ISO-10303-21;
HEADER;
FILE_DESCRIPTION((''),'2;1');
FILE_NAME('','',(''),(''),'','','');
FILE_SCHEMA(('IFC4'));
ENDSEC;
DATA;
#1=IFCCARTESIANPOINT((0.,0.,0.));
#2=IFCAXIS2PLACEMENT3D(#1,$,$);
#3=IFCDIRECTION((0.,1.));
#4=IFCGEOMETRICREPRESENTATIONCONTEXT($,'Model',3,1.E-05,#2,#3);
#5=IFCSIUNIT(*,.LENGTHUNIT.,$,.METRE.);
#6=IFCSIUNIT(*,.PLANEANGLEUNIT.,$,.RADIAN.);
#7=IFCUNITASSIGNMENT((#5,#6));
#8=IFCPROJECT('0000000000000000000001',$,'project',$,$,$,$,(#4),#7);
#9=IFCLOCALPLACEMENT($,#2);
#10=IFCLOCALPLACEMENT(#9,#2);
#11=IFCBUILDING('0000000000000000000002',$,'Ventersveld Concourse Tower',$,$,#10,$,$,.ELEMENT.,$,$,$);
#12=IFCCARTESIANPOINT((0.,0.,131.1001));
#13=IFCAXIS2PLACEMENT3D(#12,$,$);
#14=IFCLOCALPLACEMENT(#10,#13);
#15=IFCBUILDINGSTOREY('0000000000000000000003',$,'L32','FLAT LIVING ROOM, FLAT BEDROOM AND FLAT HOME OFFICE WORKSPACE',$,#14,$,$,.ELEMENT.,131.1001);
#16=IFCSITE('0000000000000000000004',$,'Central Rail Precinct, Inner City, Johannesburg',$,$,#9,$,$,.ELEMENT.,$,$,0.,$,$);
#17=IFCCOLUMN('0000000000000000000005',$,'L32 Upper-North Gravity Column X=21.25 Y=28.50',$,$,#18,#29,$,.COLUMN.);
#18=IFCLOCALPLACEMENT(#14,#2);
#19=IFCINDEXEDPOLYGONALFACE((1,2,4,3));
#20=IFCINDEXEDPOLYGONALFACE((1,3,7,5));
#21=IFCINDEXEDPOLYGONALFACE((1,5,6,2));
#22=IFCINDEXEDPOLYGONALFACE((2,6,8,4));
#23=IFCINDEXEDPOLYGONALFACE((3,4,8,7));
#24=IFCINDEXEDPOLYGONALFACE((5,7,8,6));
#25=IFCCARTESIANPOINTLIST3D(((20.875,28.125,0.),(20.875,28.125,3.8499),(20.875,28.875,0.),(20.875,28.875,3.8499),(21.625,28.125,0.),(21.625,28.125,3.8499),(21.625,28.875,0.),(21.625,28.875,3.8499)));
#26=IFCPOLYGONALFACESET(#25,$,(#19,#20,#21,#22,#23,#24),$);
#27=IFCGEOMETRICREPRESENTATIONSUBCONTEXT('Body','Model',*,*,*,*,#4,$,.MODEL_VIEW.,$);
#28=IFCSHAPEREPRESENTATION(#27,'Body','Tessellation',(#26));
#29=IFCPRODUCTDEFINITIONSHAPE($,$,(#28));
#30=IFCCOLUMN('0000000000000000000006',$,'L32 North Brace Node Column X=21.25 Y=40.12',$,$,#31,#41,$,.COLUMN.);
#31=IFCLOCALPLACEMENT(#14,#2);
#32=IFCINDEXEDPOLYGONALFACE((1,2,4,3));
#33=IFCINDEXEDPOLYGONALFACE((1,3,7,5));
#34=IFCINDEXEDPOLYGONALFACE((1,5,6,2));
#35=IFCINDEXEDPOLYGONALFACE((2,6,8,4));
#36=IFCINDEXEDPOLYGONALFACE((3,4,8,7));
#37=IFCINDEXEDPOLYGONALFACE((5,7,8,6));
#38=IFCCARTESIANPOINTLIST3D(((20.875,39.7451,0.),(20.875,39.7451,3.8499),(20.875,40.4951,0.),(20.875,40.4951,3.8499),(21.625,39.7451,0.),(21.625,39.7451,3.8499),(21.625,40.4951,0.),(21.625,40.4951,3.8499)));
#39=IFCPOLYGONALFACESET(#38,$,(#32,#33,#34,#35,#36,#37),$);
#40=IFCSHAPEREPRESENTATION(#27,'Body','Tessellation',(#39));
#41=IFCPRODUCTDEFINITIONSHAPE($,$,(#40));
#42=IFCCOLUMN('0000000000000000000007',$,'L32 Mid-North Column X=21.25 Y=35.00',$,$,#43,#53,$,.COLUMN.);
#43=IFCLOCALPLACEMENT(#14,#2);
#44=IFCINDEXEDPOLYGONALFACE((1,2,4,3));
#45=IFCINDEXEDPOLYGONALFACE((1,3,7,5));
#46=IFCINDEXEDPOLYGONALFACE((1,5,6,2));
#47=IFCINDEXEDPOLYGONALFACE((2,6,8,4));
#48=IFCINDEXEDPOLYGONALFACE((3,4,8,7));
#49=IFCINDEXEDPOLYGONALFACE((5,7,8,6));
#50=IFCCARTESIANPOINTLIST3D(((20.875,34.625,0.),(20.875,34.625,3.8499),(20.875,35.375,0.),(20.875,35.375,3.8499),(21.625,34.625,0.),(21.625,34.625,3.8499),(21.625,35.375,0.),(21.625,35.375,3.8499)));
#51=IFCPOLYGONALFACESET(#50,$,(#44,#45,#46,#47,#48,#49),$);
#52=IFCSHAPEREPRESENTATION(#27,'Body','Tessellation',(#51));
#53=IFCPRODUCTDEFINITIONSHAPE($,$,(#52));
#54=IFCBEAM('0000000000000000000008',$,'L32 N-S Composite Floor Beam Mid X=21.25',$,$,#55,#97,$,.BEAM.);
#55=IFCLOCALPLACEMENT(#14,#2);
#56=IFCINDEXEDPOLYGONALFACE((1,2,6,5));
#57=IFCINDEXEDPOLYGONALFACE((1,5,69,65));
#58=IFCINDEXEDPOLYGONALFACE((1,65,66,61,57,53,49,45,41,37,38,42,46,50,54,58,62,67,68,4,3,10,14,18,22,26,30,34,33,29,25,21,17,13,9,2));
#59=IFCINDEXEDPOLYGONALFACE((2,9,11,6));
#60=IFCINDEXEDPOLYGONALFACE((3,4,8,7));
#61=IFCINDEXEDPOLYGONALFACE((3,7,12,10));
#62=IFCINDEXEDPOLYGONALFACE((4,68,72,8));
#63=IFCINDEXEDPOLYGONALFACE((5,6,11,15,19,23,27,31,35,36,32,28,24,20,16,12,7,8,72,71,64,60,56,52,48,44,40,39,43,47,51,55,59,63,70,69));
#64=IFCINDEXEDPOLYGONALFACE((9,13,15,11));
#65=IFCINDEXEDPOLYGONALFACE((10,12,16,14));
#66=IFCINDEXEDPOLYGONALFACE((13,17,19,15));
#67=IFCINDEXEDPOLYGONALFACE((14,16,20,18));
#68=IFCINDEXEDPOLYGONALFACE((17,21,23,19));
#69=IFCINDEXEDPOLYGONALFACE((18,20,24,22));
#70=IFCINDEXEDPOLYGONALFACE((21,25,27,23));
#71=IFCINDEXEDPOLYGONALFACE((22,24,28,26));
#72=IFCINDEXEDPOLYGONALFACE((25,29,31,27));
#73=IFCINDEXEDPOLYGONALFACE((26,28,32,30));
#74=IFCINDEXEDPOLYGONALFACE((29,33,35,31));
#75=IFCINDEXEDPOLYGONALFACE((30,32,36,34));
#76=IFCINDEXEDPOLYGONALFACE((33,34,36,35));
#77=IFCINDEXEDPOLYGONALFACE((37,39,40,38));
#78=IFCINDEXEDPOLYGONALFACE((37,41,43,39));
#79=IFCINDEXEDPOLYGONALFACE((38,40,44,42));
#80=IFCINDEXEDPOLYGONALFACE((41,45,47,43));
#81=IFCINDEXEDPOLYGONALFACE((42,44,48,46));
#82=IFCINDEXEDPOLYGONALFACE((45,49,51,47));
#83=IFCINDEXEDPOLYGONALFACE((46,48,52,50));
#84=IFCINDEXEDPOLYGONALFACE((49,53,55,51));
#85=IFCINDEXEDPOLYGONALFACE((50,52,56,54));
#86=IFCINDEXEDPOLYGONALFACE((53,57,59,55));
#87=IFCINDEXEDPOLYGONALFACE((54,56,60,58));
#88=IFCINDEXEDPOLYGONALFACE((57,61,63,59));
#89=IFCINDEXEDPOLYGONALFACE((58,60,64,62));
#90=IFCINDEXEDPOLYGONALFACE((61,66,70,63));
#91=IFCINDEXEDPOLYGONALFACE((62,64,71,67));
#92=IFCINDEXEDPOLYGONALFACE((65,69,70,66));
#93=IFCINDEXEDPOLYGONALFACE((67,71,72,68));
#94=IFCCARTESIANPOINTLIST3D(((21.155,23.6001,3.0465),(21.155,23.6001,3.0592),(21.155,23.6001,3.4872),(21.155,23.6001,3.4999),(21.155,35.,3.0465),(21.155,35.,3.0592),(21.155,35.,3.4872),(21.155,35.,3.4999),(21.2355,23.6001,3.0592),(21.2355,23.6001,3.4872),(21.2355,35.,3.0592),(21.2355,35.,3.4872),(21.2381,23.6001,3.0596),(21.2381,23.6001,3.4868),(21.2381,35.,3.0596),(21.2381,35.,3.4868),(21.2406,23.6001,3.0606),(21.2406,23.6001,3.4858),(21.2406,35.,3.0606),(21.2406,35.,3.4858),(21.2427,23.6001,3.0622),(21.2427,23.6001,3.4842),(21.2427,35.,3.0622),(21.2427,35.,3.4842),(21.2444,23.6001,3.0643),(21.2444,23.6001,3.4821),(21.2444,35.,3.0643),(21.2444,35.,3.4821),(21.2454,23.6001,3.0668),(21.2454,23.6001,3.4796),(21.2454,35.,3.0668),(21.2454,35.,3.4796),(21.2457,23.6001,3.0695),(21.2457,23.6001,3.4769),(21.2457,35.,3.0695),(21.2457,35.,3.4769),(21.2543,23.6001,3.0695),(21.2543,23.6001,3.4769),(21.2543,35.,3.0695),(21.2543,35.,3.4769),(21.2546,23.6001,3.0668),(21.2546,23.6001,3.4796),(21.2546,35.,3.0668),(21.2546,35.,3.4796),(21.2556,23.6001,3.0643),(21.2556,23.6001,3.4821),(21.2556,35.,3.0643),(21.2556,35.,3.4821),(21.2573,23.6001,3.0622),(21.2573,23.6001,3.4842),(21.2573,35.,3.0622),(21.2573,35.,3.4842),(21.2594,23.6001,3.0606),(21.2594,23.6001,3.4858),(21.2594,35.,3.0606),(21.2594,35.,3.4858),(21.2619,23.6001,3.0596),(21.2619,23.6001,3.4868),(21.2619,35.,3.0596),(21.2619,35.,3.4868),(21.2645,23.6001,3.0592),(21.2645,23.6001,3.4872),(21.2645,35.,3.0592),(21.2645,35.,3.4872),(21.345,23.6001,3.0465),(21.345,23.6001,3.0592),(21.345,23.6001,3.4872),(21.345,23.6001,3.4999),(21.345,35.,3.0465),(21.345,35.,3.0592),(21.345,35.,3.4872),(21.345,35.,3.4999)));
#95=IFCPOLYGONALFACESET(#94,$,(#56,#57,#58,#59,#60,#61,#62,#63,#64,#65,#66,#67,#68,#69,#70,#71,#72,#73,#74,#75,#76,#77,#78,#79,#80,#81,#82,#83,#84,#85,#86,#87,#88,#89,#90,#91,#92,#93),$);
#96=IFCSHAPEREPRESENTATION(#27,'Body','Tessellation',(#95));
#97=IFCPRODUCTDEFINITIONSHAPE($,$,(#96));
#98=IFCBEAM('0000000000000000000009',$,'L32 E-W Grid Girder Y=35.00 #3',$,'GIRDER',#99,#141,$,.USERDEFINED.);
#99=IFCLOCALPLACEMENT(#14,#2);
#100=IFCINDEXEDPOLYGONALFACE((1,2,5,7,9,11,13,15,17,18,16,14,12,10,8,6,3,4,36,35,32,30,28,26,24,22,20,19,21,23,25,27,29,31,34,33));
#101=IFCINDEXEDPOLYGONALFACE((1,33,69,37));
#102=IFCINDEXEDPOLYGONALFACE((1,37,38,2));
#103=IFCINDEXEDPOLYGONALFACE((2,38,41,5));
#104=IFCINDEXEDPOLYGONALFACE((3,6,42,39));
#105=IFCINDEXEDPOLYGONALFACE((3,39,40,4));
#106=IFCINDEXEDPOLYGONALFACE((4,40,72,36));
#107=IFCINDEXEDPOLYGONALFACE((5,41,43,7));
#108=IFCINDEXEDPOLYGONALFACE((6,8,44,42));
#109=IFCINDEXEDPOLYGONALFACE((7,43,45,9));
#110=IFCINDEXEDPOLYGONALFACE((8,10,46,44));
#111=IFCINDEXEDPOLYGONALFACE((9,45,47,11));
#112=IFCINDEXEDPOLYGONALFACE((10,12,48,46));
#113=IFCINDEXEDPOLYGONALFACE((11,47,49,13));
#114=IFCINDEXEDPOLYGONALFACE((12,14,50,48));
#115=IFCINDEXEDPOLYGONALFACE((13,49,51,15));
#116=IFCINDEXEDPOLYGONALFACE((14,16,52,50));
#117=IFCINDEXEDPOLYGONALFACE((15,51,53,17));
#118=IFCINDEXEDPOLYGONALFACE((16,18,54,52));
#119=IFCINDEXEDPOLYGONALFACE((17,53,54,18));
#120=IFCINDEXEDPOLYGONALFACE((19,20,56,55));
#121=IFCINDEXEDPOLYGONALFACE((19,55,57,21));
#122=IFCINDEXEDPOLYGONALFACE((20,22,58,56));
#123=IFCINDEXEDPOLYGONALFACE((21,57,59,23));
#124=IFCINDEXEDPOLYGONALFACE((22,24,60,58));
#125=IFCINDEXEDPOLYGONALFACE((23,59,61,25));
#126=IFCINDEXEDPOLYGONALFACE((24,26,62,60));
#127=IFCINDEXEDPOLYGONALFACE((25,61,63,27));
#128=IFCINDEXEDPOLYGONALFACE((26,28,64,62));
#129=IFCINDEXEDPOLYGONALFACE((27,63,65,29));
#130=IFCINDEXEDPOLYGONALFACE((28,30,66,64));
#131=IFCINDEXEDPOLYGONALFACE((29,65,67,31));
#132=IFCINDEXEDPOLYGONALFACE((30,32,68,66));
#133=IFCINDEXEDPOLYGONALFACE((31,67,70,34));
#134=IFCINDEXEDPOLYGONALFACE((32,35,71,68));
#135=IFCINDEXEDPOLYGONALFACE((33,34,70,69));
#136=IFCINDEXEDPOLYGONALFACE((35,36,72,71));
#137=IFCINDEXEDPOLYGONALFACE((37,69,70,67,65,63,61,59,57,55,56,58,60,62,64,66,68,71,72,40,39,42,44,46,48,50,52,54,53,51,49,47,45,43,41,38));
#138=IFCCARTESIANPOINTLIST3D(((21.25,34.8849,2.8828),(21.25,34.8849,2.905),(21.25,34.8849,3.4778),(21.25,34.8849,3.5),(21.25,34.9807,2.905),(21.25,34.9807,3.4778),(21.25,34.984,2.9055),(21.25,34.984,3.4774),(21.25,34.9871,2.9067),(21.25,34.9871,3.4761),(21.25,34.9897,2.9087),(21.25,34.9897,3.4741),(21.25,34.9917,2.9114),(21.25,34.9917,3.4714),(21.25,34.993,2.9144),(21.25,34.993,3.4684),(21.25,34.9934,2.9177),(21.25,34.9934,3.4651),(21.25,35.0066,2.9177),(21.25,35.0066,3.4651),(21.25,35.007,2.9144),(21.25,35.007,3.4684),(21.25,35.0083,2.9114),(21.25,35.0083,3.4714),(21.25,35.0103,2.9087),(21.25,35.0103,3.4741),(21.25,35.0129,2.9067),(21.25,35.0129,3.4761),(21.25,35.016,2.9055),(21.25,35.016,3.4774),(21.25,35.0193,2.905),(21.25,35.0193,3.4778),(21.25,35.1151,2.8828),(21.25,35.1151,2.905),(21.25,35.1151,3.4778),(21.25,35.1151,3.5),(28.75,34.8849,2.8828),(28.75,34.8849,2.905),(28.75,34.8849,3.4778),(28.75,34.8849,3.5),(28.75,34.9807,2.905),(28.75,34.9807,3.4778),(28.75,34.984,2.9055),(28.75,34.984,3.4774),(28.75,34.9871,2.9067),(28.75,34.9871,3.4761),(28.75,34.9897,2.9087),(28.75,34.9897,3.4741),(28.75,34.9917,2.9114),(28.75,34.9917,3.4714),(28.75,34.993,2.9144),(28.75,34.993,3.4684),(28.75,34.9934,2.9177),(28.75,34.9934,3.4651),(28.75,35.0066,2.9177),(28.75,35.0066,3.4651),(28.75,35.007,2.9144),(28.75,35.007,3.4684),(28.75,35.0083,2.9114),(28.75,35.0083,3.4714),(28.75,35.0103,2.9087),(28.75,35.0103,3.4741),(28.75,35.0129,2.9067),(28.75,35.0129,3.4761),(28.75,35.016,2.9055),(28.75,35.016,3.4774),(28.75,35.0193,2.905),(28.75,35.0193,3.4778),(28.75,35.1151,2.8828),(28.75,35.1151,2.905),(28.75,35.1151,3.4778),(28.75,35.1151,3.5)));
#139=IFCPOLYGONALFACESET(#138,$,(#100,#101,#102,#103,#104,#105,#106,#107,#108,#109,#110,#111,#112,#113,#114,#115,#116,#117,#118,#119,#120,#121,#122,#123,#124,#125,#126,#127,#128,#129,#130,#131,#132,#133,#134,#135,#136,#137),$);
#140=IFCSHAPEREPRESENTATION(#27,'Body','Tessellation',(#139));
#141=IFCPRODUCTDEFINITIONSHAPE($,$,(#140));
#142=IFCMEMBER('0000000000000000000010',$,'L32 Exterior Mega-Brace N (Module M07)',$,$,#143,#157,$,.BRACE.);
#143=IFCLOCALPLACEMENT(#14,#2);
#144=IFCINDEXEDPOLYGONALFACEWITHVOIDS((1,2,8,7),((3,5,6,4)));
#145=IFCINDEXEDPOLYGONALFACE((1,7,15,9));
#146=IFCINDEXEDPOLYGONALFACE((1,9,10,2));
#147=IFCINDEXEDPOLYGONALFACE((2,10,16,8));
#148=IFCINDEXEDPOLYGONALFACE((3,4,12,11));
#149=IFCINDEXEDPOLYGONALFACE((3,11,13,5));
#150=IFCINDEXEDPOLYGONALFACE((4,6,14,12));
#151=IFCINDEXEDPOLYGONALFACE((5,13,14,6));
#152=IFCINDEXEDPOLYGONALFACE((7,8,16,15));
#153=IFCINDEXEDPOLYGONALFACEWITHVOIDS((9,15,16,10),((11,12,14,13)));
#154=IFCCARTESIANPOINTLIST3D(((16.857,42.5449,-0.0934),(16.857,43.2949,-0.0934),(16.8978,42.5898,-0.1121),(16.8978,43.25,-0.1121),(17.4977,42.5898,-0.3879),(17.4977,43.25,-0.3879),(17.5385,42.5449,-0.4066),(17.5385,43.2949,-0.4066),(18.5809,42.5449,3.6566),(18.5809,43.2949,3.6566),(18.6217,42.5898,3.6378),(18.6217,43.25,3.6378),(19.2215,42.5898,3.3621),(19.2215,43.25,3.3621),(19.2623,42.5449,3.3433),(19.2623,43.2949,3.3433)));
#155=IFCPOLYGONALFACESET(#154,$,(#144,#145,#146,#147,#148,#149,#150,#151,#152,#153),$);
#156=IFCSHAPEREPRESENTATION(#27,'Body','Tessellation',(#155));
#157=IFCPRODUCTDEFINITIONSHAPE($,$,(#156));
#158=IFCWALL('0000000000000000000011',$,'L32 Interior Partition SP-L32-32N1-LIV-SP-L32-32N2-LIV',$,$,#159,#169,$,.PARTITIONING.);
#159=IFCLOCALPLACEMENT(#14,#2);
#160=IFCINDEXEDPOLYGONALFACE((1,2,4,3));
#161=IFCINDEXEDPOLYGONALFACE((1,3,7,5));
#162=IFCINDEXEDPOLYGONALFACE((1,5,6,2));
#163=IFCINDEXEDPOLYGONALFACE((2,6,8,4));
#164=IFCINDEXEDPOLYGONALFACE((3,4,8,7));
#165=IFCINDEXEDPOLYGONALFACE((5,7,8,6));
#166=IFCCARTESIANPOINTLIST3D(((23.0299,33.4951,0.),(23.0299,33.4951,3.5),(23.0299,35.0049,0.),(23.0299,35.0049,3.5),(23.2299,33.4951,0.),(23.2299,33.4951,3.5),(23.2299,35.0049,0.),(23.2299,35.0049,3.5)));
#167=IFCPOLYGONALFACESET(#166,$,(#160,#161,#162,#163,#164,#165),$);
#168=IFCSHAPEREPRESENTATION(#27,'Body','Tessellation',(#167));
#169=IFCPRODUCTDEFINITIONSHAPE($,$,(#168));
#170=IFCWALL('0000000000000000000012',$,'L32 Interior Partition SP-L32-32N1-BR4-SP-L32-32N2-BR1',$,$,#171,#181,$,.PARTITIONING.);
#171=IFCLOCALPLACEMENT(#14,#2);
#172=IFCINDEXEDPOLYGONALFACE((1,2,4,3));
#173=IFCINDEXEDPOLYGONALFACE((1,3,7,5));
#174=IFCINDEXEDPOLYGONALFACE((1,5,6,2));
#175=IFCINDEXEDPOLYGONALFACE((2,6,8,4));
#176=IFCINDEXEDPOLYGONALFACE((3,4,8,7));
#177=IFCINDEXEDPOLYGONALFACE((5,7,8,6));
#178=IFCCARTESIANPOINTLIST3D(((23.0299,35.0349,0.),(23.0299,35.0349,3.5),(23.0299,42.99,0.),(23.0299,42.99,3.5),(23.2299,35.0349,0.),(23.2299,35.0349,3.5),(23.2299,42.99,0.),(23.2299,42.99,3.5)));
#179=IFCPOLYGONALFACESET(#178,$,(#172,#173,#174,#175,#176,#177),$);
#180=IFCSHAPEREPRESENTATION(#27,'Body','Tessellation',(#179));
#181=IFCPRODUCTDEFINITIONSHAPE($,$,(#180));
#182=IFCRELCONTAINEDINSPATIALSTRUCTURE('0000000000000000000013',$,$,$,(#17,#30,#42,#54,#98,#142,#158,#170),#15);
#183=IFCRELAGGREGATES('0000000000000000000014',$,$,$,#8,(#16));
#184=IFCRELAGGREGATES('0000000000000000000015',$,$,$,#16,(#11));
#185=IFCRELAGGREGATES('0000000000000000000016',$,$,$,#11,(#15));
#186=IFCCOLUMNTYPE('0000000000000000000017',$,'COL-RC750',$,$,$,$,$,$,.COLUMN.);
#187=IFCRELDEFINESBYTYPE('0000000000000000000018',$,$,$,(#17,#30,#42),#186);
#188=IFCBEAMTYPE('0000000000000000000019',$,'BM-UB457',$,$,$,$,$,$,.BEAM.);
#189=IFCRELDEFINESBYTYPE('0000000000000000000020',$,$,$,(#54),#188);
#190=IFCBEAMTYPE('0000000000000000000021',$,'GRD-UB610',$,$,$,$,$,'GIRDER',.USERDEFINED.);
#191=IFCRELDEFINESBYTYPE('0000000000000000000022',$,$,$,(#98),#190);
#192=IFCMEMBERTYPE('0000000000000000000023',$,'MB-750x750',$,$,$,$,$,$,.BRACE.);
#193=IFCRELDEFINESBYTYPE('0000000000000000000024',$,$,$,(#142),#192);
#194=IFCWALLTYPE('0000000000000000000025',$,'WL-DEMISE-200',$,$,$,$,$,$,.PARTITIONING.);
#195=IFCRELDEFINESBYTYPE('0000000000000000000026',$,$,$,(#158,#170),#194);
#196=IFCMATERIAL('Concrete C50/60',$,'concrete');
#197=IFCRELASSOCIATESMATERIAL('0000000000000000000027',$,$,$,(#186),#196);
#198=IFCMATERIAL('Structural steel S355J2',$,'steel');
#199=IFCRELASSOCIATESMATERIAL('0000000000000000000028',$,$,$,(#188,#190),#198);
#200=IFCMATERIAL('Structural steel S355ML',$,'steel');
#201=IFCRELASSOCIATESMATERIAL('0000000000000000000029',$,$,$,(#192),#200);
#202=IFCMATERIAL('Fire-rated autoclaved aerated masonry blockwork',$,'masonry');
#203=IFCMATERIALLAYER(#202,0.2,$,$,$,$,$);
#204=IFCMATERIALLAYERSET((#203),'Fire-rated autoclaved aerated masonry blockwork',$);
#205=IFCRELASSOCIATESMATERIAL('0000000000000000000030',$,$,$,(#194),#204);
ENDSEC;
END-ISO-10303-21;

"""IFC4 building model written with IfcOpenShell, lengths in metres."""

from ifc_helpers import new_model, si_unit, direction, frame, frame_2d, origin, origin_2d, place, context, subcontext, project, spatial, rectangle, hollow_rectangle, i_section, extrude, material, layer, layer_set, material_profile, profile_set, type_object, element, save


model = new_model("IFC4")

# Units and contexts
model_context = context("Model", 3, precision=1e-05, world=origin(), true_north=direction((0.0, 1.0)))
body_context = subcontext(model_context, "Body", "Model", "MODEL_VIEW")
ifc_project = project(units=[si_unit("LENGTHUNIT", "METRE"), si_unit("PLANEANGLEUNIT", "RADIAN")], contexts=[model_context])

# Site, building, storey
site_placement = place(None, origin())
site = spatial("IfcSite", under=ifc_project, at=site_placement, Name="Central Rail Precinct, Inner City, Johannesburg", CompositionType="ELEMENT", RefElevation=0.0)
building_placement = place(site_placement, origin())
building = spatial("IfcBuilding", under=site, at=building_placement, Name="Ventersveld Concourse Tower", CompositionType="ELEMENT")
storey_placement = place(building_placement, frame((0.0, 0.0, 131.1001)))
storey = spatial("IfcBuildingStorey", under=building, at=storey_placement, Name="L32", Description="FLAT LIVING ROOM, FLAT BEDROOM AND FLAT HOME OFFICE WORKSPACE", CompositionType="ELEMENT", Elevation=131.1001)

# Columns
ifc_material_1 = material(Name="Concrete C50/60", Category="concrete")
ifc_material_profile_1 = material_profile(ifc_material_1, rectangle(XDim=0.75, YDim=0.75, at=origin_2d()), Name="RC 750x750")
ifc_profile_set_1 = profile_set([ifc_material_profile_1], Name="Concrete C50/60")
column_type = type_object("IfcColumnType", Name="COL-RC750", PredefinedType="COLUMN", material=ifc_profile_set_1)
for number, where, z_axis, x_axis, name in (
    (1, (21.25, 28.5, 0.0), (0.0, 0.0, 1.0), (1.0, 0.0, 0.0), "L32 Upper-North Gravity Column X=21.25 Y=28.50"),
    (2, (21.25, 40.1201, 0.0), (0.0, 0.0, 1.0), (1.0, 0.0, 0.0), "L32 North Brace Node Column X=21.25 Y=40.12"),
    (3, (21.25, 35.0, 0.0), (0.0, 0.0, 1.0), (1.0, 0.0, 0.0), "L32 Mid-North Column X=21.25 Y=35.00"),
):
    element("IfcColumn", number, at=place(storey_placement, frame(where, z_axis=z_axis, x_axis=x_axis)), inside=storey, type_object=column_type, Name=name, PredefinedType="COLUMN", context=body_context, shape_type="SweptSolid", body=[
        extrude(rectangle(XDim=0.75, YDim=0.75, at=origin_2d()), origin(), (0.0, 0.0, 1.0), 3.8499),
    ])

# Beams
ifc_material_2 = material(Name="Structural steel S355J2", Category="steel")
ifc_material_profile_2 = material_profile(ifc_material_2, i_section(OverallWidth=0.1899, OverallDepth=0.4534, WebThickness=0.0085, FlangeThickness=0.0127, FilletRadius=0.0103, at=origin_2d()), Name="UB 457x191x67")
ifc_profile_set_2 = profile_set([ifc_material_profile_2], Name="Structural steel S355J2")
beam_type_1 = type_object("IfcBeamType", Name="BM-UB457", PredefinedType="BEAM", material=ifc_profile_set_2)
beam_1_placement = place(storey_placement, frame((21.25, 23.6001, 3.2732), z_axis=(0.0, 1.0, 0.0), x_axis=(-1.0, 0.0, 0.0)))
element("IfcBeam", 4, at=beam_1_placement, inside=storey, type_object=beam_type_1, Name="L32 N-S Composite Floor Beam Mid X=21.25", PredefinedType="BEAM", context=body_context, shape_type="SweptSolid", body=[
    extrude(i_section(OverallWidth=0.1899, OverallDepth=0.4534, WebThickness=0.0085, FlangeThickness=0.0127, FilletRadius=0.0103, at=origin_2d()), origin(), (0.0, 0.0, 1.0), 11.3999),
])
ifc_material_profile_3 = material_profile(ifc_material_2, i_section(OverallWidth=0.2302, OverallDepth=0.6172, WebThickness=0.0132, FlangeThickness=0.0222, FilletRadius=0.0127, at=origin_2d()), Name="UB 610x229x140")
ifc_profile_set_3 = profile_set([ifc_material_profile_3], Name="Structural steel S355J2")
beam_type_2 = type_object("IfcBeamType", Name="GRD-UB610", ElementType="GIRDER", PredefinedType="USERDEFINED", material=ifc_profile_set_3)
beam_2_placement = place(storey_placement, frame((21.25, 35.0, 3.1914), z_axis=(1.0, 0.0, 0.0), x_axis=(0.0, 1.0, 0.0)))
element("IfcBeam", 5, at=beam_2_placement, inside=storey, type_object=beam_type_2, Name="L32 E-W Grid Girder Y=35.00 #3", ObjectType="GIRDER", PredefinedType="USERDEFINED", context=body_context, shape_type="SweptSolid", body=[
    extrude(i_section(OverallWidth=0.2302, OverallDepth=0.6172, WebThickness=0.0132, FlangeThickness=0.0222, FilletRadius=0.0127, at=origin_2d()), origin(), (0.0, 0.0, 1.0), 7.5),
])

# Member
ifc_material_3 = material(Name="Structural steel S355ML", Category="steel")
ifc_material_profile_4 = material_profile(ifc_material_3, hollow_rectangle(XDim=0.75, YDim=0.75, WallThickness=0.0449, at=origin_2d()), Name="BOX 750x750x45")
ifc_profile_set_4 = profile_set([ifc_material_profile_4], Name="Structural steel S355ML")
member_type = type_object("IfcMemberType", Name="MB-750x750", PredefinedType="BRACE", material=ifc_profile_set_4)
member_placement = place(storey_placement, frame((17.1978, 42.9199, -0.25), z_axis=(0.417681, 0.0, 0.908594), x_axis=(0.0, 1.0, 0.0)))
element("IfcMember", 6, at=member_placement, inside=storey, type_object=member_type, Name="L32 Exterior Mega-Brace N (Module M07)", PredefinedType="BRACE", context=body_context, shape_type="SweptSolid", body=[
    extrude(hollow_rectangle(XDim=0.75, YDim=0.75, WallThickness=0.0449, at=origin_2d()), origin(), (0.0, 0.0, 1.0), 4.1272),
])

# Walls
ifc_material_4 = material(Name="Fire-rated autoclaved aerated masonry blockwork", Category="masonry")
ifc_layer_1 = layer(ifc_material_4, 0.2)
ifc_layer_set_1 = layer_set([ifc_layer_1], Name="Fire-rated autoclaved aerated masonry blockwork")
wall_type_1 = type_object("IfcWallType", Name="WL-DEMISE-200", PredefinedType="PARTITIONING", material=ifc_layer_set_1)
wall_1_placement = place(storey_placement, frame((23.1299, 33.4951, 0.0), z_axis=(0.0, 0.0, 1.0), x_axis=(0.0, 1.0, 0.0)))
element("IfcWall", 7, at=wall_1_placement, inside=storey, type_object=wall_type_1, Name="L32 Interior Partition SP-L32-32N1-LIV-SP-L32-32N2-LIV", PredefinedType="PARTITIONING", context=body_context, shape_type="SweptSolid", body=[
    extrude(rectangle(XDim=1.5098, YDim=0.2, at=frame_2d((0.7549, 0.0))), origin(), (0.0, 0.0, 1.0), 3.5),
])
wall_2_placement = place(storey_placement, frame((23.1299, 35.0349, 0.0), z_axis=(0.0, 0.0, 1.0), x_axis=(0.0, 1.0, 0.0)))
element("IfcWall", 8, at=wall_2_placement, inside=storey, type_object=wall_type_1, Name="L32 Interior Partition SP-L32-32N1-BR4-SP-L32-32N2-BR1", PredefinedType="PARTITIONING", context=body_context, shape_type="SweptSolid", body=[
    extrude(rectangle(XDim=7.9551, YDim=0.2, at=frame_2d((3.9775, 0.0))), origin(), (0.0, 0.0, 1.0), 3.5),
])

save(model, "model.ifc")
